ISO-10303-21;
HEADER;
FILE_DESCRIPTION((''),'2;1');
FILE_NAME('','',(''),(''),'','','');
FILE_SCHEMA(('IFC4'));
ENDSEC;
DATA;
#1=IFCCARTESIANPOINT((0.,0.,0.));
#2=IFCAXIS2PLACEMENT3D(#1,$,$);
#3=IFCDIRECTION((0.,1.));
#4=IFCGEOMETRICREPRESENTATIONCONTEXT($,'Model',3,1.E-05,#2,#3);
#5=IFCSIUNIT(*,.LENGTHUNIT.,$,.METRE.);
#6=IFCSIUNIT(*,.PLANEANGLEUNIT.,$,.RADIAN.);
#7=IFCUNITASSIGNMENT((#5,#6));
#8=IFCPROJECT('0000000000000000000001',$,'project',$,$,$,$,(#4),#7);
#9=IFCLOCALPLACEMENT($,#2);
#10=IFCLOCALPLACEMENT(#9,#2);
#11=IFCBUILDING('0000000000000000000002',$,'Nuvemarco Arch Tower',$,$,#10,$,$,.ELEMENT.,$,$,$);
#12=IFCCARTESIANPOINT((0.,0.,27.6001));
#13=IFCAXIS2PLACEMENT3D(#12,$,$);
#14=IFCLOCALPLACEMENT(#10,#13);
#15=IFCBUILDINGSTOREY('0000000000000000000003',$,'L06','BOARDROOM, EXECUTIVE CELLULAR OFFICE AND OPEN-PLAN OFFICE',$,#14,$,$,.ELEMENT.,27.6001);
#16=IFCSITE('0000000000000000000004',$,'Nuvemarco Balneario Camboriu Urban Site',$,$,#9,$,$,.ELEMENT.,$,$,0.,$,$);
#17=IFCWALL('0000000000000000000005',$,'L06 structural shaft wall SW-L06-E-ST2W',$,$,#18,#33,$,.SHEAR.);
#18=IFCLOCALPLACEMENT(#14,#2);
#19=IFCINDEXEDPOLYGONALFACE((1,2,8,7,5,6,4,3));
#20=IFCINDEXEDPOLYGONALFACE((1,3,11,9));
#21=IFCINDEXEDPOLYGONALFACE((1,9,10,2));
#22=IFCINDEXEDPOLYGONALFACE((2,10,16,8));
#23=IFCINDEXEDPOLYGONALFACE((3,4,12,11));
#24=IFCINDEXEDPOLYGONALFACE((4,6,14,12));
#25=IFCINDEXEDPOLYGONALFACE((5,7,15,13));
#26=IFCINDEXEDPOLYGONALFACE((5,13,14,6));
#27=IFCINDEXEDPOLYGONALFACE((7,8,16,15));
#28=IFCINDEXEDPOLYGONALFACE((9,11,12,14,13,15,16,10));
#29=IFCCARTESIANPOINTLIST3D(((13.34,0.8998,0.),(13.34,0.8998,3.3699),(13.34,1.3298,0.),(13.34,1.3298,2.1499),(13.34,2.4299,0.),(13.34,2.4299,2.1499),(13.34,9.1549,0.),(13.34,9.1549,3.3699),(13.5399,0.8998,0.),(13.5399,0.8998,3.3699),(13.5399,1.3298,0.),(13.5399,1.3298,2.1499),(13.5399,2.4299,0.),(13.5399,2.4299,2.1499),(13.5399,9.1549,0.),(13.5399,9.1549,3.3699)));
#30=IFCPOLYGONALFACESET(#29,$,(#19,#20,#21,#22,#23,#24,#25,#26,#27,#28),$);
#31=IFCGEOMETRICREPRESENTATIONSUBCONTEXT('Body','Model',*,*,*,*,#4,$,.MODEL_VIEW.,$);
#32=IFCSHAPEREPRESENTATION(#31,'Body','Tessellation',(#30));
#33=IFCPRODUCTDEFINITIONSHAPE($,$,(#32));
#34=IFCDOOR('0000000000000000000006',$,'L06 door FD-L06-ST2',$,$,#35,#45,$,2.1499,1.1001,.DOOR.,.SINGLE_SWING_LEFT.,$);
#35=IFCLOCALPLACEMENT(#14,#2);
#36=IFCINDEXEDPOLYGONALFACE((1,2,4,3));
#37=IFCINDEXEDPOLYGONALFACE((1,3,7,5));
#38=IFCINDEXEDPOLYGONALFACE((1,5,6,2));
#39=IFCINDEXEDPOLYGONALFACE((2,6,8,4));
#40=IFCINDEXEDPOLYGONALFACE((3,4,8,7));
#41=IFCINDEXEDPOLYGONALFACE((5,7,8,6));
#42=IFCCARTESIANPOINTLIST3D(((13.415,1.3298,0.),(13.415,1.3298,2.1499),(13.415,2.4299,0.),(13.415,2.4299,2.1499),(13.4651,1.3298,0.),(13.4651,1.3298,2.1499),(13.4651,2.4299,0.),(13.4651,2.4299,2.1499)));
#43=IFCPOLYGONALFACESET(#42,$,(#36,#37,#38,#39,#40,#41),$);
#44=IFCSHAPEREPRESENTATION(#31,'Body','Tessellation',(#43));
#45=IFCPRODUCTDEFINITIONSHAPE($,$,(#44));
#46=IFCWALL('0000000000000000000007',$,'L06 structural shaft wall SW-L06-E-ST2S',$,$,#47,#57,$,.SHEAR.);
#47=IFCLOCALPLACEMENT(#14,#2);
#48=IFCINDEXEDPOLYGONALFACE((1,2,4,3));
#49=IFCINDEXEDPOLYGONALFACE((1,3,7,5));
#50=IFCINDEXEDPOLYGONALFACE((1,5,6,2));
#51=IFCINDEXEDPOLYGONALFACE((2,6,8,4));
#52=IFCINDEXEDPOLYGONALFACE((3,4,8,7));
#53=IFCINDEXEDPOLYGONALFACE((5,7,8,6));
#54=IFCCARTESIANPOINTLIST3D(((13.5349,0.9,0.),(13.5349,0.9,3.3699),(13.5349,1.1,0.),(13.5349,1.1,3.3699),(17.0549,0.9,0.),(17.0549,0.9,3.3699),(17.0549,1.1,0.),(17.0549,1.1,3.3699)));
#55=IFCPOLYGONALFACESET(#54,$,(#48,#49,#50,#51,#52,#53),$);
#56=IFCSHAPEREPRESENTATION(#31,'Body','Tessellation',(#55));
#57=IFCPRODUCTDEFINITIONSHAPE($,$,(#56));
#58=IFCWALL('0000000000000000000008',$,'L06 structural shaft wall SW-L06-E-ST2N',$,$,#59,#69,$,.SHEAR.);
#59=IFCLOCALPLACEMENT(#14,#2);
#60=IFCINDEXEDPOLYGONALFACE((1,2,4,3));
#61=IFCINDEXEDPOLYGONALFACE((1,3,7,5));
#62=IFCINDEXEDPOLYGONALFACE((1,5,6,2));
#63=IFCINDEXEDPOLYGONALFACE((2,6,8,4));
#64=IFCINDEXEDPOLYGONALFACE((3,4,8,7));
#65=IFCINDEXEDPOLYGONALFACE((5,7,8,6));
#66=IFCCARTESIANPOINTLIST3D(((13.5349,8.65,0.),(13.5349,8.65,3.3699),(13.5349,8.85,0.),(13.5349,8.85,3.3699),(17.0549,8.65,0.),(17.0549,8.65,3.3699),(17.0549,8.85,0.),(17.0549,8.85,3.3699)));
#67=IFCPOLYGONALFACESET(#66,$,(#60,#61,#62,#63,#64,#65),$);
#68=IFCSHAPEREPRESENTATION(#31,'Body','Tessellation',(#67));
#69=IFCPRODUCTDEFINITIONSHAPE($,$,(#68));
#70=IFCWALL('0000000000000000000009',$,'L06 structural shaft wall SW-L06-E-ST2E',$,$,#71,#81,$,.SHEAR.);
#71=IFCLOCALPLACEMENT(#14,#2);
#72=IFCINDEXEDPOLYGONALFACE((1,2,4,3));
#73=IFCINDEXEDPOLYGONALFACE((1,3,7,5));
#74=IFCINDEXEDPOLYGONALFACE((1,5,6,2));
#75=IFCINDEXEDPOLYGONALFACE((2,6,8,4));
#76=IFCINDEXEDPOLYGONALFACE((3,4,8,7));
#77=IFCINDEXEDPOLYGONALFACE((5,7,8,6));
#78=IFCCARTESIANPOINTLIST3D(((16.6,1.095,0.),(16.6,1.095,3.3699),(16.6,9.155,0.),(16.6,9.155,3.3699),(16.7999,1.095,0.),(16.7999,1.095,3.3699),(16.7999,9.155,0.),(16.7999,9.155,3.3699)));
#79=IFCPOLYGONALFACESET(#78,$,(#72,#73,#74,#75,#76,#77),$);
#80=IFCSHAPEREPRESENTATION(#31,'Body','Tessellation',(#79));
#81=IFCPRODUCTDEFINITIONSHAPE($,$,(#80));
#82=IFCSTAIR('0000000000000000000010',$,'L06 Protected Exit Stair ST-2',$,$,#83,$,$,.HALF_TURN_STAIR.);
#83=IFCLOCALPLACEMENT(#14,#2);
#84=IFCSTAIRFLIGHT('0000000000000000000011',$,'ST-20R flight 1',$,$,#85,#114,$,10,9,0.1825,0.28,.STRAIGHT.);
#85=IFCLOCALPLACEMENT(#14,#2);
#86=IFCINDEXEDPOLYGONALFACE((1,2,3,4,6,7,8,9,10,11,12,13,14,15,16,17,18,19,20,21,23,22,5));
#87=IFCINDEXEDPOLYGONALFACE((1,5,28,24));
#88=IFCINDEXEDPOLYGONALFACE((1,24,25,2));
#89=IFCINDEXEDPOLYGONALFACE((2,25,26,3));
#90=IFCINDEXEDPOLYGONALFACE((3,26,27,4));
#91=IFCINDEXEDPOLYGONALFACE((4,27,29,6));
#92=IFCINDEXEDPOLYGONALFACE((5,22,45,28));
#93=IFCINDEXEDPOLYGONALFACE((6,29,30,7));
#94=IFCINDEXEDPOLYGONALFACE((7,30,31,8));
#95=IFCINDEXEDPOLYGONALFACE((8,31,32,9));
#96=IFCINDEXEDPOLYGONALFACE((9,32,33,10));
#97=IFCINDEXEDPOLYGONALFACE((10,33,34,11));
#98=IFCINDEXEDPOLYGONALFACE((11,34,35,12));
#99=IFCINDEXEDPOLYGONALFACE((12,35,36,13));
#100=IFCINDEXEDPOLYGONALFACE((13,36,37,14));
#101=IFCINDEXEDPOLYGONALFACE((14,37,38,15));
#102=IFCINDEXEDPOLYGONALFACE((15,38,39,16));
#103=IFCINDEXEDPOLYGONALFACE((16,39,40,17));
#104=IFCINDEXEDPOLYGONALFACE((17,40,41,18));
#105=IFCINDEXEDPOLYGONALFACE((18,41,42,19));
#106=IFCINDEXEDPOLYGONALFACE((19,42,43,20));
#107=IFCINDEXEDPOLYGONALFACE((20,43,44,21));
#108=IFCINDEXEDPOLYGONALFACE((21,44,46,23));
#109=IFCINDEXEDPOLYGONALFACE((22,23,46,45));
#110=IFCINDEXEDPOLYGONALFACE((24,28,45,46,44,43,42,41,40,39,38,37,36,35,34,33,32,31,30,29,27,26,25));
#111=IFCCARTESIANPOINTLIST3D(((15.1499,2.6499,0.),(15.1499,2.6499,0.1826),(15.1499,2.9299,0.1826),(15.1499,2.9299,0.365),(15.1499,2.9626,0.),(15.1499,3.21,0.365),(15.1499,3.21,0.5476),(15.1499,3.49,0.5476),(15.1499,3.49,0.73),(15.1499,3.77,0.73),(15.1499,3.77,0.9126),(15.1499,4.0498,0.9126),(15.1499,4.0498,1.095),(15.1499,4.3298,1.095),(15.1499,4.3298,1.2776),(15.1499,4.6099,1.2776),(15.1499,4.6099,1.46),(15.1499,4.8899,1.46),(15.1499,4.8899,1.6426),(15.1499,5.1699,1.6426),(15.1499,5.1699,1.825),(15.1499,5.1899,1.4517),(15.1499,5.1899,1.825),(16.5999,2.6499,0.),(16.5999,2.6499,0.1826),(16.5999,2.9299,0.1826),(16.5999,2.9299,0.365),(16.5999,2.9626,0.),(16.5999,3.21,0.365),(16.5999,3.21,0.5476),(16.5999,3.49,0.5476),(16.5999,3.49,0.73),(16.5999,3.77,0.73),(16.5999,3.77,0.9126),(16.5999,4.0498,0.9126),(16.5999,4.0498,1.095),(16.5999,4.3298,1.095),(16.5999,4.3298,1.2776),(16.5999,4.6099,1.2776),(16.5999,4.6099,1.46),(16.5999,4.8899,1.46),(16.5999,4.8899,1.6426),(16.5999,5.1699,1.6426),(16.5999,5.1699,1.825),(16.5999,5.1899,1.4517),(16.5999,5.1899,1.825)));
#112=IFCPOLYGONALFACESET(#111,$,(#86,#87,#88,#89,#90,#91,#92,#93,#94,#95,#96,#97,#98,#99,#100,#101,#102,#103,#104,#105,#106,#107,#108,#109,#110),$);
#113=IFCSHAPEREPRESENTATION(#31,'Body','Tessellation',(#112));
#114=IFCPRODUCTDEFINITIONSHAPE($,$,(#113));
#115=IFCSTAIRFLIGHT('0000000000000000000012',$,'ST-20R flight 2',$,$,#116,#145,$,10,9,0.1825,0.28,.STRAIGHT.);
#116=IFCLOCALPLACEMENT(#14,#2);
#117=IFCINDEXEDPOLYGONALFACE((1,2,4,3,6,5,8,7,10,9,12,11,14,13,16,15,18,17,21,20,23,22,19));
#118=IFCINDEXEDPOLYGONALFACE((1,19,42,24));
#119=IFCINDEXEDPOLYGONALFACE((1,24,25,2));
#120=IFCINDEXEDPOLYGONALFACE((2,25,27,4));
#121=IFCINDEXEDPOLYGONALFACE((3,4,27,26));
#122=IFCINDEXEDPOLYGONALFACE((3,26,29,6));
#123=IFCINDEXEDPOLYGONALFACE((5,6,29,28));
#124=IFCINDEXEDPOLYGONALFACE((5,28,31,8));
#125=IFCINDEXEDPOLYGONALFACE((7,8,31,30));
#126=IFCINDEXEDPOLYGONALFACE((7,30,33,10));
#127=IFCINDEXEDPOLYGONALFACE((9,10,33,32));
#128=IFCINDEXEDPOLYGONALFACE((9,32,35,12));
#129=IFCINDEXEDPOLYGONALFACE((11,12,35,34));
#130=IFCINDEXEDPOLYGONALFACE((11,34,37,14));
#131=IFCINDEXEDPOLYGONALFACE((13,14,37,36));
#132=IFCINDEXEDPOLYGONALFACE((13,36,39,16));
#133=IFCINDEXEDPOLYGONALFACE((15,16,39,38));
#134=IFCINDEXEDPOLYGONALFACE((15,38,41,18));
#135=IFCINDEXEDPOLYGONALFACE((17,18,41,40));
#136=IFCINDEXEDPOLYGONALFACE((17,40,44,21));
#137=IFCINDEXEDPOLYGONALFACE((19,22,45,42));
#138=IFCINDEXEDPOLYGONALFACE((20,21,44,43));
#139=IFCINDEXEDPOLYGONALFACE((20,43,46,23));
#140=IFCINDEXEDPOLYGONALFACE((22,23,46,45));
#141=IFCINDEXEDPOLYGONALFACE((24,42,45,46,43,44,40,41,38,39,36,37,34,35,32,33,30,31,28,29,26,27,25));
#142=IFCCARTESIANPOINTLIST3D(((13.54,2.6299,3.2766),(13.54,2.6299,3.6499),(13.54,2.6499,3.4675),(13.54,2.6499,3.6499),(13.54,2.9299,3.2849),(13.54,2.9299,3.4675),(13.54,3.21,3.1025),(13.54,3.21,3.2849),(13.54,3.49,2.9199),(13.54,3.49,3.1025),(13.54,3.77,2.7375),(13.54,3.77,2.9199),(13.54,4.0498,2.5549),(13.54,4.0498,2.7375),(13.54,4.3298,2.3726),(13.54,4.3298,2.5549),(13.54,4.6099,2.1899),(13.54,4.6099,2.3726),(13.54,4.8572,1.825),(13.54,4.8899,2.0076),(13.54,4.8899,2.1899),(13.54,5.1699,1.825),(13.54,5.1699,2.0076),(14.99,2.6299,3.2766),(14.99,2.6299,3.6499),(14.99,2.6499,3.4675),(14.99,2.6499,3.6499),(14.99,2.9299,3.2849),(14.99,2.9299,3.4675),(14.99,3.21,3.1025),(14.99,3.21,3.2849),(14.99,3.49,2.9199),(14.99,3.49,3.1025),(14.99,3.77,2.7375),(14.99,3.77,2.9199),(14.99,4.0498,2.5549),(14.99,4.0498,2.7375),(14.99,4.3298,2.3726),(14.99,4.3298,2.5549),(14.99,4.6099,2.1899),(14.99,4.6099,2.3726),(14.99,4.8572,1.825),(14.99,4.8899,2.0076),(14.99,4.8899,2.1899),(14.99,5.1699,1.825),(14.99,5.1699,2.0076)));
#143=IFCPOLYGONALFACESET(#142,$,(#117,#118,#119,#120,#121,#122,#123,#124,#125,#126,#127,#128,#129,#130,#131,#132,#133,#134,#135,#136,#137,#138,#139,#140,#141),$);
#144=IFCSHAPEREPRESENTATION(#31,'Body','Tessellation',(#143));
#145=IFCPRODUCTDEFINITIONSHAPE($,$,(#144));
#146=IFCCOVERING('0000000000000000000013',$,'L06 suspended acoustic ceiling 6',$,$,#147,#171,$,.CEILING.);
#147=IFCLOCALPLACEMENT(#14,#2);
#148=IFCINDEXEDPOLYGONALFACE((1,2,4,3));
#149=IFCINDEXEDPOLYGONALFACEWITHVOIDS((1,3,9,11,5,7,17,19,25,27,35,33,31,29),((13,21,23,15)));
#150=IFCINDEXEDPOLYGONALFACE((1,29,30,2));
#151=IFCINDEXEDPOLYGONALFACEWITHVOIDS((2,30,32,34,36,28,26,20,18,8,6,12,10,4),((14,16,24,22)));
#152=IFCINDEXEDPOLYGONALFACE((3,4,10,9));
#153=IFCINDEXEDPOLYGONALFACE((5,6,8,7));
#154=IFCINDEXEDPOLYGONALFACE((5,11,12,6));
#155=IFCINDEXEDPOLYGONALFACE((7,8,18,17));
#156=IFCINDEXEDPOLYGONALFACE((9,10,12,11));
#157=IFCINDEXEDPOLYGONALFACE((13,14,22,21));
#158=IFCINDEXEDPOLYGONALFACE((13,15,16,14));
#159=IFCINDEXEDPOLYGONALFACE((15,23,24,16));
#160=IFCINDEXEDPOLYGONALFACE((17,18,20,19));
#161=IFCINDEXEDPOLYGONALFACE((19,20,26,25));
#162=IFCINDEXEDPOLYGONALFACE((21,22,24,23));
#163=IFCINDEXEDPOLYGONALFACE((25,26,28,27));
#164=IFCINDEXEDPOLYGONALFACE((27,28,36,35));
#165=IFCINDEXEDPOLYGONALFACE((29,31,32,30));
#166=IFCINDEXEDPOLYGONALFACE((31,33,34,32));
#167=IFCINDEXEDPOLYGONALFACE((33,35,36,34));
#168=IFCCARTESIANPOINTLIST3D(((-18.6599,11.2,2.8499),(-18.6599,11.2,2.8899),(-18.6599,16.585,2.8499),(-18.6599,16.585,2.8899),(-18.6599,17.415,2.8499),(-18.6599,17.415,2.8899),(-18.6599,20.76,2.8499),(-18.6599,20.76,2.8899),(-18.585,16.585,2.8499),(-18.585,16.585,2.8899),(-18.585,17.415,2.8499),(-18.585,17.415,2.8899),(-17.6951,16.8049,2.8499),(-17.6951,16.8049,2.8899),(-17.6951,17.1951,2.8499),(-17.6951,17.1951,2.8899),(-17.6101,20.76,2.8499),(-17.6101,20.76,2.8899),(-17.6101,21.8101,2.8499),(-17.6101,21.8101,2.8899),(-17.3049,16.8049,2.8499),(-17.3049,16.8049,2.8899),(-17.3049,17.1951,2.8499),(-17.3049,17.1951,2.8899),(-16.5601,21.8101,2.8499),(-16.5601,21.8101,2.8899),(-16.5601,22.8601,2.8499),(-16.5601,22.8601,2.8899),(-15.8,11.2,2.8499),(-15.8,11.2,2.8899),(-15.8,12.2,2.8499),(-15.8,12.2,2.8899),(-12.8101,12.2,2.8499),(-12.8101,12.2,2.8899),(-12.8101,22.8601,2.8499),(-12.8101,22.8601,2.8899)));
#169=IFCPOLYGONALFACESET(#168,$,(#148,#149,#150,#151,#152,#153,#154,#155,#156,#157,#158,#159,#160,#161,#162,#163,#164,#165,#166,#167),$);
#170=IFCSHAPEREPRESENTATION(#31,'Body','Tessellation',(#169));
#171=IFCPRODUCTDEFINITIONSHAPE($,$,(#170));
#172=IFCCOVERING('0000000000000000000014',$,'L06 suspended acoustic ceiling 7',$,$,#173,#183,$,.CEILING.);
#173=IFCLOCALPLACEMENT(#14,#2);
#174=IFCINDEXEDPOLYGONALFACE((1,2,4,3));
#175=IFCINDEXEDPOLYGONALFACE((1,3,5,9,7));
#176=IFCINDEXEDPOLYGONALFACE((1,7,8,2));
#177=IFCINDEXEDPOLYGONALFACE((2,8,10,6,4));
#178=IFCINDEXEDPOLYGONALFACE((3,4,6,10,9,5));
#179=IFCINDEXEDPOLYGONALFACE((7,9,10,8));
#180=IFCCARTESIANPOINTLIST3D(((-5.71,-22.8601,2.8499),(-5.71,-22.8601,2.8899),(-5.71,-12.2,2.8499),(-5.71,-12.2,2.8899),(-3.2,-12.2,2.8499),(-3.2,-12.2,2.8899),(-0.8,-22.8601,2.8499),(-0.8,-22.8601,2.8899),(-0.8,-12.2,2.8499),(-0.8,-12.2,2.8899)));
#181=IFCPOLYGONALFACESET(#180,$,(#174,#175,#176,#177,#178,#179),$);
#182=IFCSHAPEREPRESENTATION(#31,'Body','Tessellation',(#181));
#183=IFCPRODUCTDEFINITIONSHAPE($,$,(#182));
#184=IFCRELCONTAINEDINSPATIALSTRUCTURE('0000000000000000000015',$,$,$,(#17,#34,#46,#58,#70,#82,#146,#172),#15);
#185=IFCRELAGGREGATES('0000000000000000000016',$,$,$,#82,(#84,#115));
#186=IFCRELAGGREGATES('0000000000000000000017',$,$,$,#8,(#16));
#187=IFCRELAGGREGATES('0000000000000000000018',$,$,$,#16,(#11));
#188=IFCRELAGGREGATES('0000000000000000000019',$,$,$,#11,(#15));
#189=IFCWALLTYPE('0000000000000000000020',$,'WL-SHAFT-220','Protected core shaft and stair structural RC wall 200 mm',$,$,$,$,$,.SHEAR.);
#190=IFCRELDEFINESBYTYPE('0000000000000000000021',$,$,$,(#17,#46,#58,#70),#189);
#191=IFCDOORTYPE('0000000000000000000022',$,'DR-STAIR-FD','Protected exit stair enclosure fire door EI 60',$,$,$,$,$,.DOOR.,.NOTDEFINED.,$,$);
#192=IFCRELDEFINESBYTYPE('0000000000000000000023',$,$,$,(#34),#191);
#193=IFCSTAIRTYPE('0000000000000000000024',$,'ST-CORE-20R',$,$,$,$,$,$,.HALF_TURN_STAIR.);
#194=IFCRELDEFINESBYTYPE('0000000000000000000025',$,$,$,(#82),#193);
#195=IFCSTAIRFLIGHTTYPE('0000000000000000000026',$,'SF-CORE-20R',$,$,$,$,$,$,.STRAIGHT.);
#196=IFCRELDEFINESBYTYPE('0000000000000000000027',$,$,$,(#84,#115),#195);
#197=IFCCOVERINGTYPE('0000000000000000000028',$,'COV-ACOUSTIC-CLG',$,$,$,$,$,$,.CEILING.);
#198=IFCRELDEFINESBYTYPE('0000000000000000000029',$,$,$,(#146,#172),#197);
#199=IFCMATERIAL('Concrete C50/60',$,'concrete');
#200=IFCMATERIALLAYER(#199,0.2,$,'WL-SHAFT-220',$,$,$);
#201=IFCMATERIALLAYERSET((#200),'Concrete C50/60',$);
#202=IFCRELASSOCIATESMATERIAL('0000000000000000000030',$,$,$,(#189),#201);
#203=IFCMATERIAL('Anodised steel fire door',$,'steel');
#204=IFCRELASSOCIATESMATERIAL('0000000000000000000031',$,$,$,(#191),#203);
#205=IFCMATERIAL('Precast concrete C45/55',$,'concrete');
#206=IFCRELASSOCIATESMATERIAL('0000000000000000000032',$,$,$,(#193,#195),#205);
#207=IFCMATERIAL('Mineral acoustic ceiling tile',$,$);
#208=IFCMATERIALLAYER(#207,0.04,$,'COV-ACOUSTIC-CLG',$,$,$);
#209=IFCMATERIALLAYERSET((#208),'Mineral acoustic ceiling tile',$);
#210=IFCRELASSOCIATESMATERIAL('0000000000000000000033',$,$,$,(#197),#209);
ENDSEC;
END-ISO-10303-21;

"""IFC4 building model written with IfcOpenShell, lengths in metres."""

from ifc_helpers import new_model, si_unit, direction, frame, frame_2d, origin, place, context, subcontext, project, spatial, polyline, rectangle, outline, extrude, source, transform, mapped, material, layer, layer_set, type_object, type_shapes, element, fill, aggregate, save


model = new_model("IFC4")

# Units and contexts
model_context = context("Model", 3, precision=1e-05, world=origin(), true_north=direction((0.0, 1.0)))
body_context = subcontext(model_context, "Body", "Model", "MODEL_VIEW")
ifc_project = project(units=[si_unit("LENGTHUNIT", "METRE"), si_unit("PLANEANGLEUNIT", "RADIAN")], contexts=[model_context])

# Site, building, storey
site_placement = place(None, origin())
site = spatial("IfcSite", under=ifc_project, at=site_placement, Name="Nuvemarco Balneario Camboriu Urban Site", CompositionType="ELEMENT", RefElevation=0.0)
building_placement = place(site_placement, origin())
building = spatial("IfcBuilding", under=site, at=building_placement, Name="Nuvemarco Arch Tower", CompositionType="ELEMENT")
storey_placement = place(building_placement, frame((0.0, 0.0, 27.6001)))
storey = spatial("IfcBuildingStorey", under=building, at=storey_placement, Name="L06", Description="BOARDROOM, EXECUTIVE CELLULAR OFFICE AND OPEN-PLAN OFFICE", CompositionType="ELEMENT", Elevation=27.6001)

# Shared definitions
ifc_material_1 = material(Name="Precast concrete C45/55", Category="concrete")

# Shared definitions
ifc_material_2 = material(Name="Anodised steel fire door", Category="steel")

# Wall, opening, door
ifc_material_3 = material(Name="Concrete C50/60", Category="concrete")
ifc_layer_1 = layer(ifc_material_3, 0.2, Name="WL-SHAFT-220")
ifc_layer_set_1 = layer_set([ifc_layer_1], Name="Concrete C50/60")
wall_type_1 = type_object("IfcWallType", Name="WL-SHAFT-220", Description="Protected core shaft and stair structural RC wall 200 mm", PredefinedType="SHEAR", material=ifc_layer_set_1)
wall_1_placement = place(storey_placement, frame((13.4399, 0.8999, 0.0), z_axis=(0.0, 0.0, 1.0), x_axis=(0.0, 1.0, 0.0)))
wall_1 = element("IfcWall", 1, at=wall_1_placement, inside=storey, type_object=wall_type_1, Name="L06 structural shaft wall SW-L06-E-ST2W", PredefinedType="SHEAR", context=body_context, shape_type="SweptSolid", body=[
    extrude(rectangle(XDim=8.2551, YDim=0.2, at=frame_2d((4.1274, 0.0))), origin(), (0.0, 0.0, 1.0), 3.3699),
])
opening_1_placement = place(wall_1_placement, frame((0.4299, 0.0, 0.0)))
opening_1 = element("IfcOpeningElement", 2, at=opening_1_placement, cuts=wall_1, PredefinedType="OPENING", context=body_context, shape_type="SweptSolid", body=[
    extrude(rectangle(XDim=1.1001, YDim=2.1499, at=frame_2d((0.55, 1.075))), frame((0.0, 0.1099, 0.0), z_axis=(0.0, -1.0, 0.0), x_axis=(1.0, 0.0, 0.0)), (0.0, 0.0, 1.0), 0.22),
])
door_type_1 = type_object("IfcDoorType", Name="DR-STAIR-FD", Description="Protected exit stair enclosure fire door EI 60", OperationType="NOTDEFINED", PredefinedType="DOOR", material=ifc_material_2)
shared_shape_1 = source(origin(), body_context, "Body", "SweptSolid", [
    extrude(rectangle(XDim=1.1001, YDim=2.1499, at=frame_2d((0.55, 1.075))), frame((0.0, 0.0249, 0.0), z_axis=(0.0, -1.0, 0.0), x_axis=(1.0, 0.0, 0.0)), (0.0, 0.0, 1.0), 0.05),
])
type_shapes(door_type_1, [shared_shape_1])
door_1_placement = place(opening_1_placement, origin())
door_1 = element("IfcDoor", 3, at=door_1_placement, inside=storey, type_object=door_type_1, Name="L06 door FD-L06-ST2", OperationType="SINGLE_SWING_LEFT", OverallHeight=2.1499, OverallWidth=1.1001, PredefinedType="DOOR", context=body_context, shape_type="MappedRepresentation", body=[
    mapped(shared_shape_1, transform((0.0, 0.0, 0.0), scale=1.0)),
])
fill(opening_1, door_1)

# Walls
for number, where, z_axis, x_axis, name in (
    (4, (13.5349, 1.0, 0.0), (0.0, 0.0, 1.0), (1.0, 0.0, 0.0), "L06 structural shaft wall SW-L06-E-ST2S"),
    (5, (13.5349, 8.75, 0.0), (0.0, 0.0, 1.0), (1.0, 0.0, 0.0), "L06 structural shaft wall SW-L06-E-ST2N"),
):
    element("IfcWall", number, at=place(storey_placement, frame(where, z_axis=z_axis, x_axis=x_axis)), inside=storey, type_object=wall_type_1, Name=name, PredefinedType="SHEAR", context=body_context, shape_type="SweptSolid", body=[
        extrude(rectangle(XDim=3.52, YDim=0.2, at=frame_2d((1.76, 0.0))), origin(), (0.0, 0.0, 1.0), 3.3699),
    ])
wall_2_placement = place(storey_placement, frame((16.7, 1.095, 0.0), z_axis=(0.0, 0.0, 1.0), x_axis=(0.0, 1.0, 0.0)))
element("IfcWall", 6, at=wall_2_placement, inside=storey, type_object=wall_type_1, Name="L06 structural shaft wall SW-L06-E-ST2E", PredefinedType="SHEAR", context=body_context, shape_type="SweptSolid", body=[
    extrude(rectangle(XDim=8.0601, YDim=0.2, at=frame_2d((4.03, 0.0))), origin(), (0.0, 0.0, 1.0), 3.3699),
])

# Stair, stair flights
stair_type = type_object("IfcStairType", Name="ST-CORE-20R", PredefinedType="HALF_TURN_STAIR", material=ifc_material_1)
stair_placement = place(storey_placement, origin())
stair = element("IfcStair", 7, at=stair_placement, inside=storey, type_object=stair_type, Name="L06 Protected Exit Stair ST-2", PredefinedType="HALF_TURN_STAIR")
stair_flight_type = type_object("IfcStairFlightType", Name="SF-CORE-20R", PredefinedType="STRAIGHT", material=ifc_material_1)
stair_flight_1_placement = place(storey_placement, frame((15.875, 2.6499, 0.0), z_axis=(0.0, 0.0, 1.0), x_axis=(0.0, 1.0, 0.0)))
stair_flight_1 = element("IfcStairFlight", 8, at=stair_flight_1_placement, type_object=stair_flight_type, Name="ST-20R flight 1", NumberOfRisers=10, NumberOfTreads=9, PredefinedType="STRAIGHT", RiserHeight=0.1825, TreadLength=0.28, context=body_context, shape_type="SweptSolid", body=[
    extrude(outline(polyline([(0.0, 0.0), (0.0, 0.1826), (0.28, 0.1826), (0.28, 0.365), (0.5601, 0.365), (0.5601, 0.5476), (0.8401, 0.5476), (0.8401, 0.73), (1.1201, 0.73), (1.1201, 0.9126), (1.3999, 0.9126), (1.3999, 1.095), (1.6799, 1.095), (1.6799, 1.2776), (1.96, 1.2776), (1.96, 1.46), (2.24, 1.46), (2.24, 1.6426), (2.52, 1.6426), (2.52, 1.825), (2.54, 1.825), (2.54, 1.4517), (0.3127, 0.0), (0.0, 0.0)])), frame((0.0, 0.7251, 0.0), z_axis=(0.0, -1.0, 0.0), x_axis=(1.0, 0.0, 0.0)), (0.0, 0.0, 1.0), 1.45),
])
stair_flight_2_placement = place(storey_placement, frame((14.2649, 5.1699, 1.825), z_axis=(0.0, 0.0, 1.0), x_axis=(0.0, -1.0, 0.0)))
stair_flight_2 = element("IfcStairFlight", 9, at=stair_flight_2_placement, type_object=stair_flight_type, Name="ST-20R flight 2", NumberOfRisers=10, NumberOfTreads=9, PredefinedType="STRAIGHT", RiserHeight=0.1825, TreadLength=0.28, context=body_context, shape_type="SweptSolid", body=[
    extrude(outline(polyline([(0.0, 0.0), (0.0, 0.1826), (0.28, 0.1826), (0.28, 0.365), (0.5601, 0.365), (0.5601, 0.5476), (0.8401, 0.5476), (0.8401, 0.73), (1.1201, 0.73), (1.1201, 0.9126), (1.3999, 0.9126), (1.3999, 1.095), (1.6799, 1.095), (1.6799, 1.2776), (1.96, 1.2776), (1.96, 1.46), (2.24, 1.46), (2.24, 1.6426), (2.52, 1.6426), (2.52, 1.825), (2.54, 1.825), (2.54, 1.4517), (0.3127, 0.0), (0.0, 0.0)])), frame((0.0, 0.7251, 0.0), z_axis=(0.0, -1.0, 0.0), x_axis=(1.0, 0.0, 0.0)), (0.0, 0.0, 1.0), 1.45),
])
aggregate(stair, [stair_flight_1, stair_flight_2])

# Coverings
ifc_material_4 = material(Name="Mineral acoustic ceiling tile")
ifc_layer_2 = layer(ifc_material_4, 0.04, Name="COV-ACOUSTIC-CLG")
ifc_layer_set_2 = layer_set([ifc_layer_2], Name="Mineral acoustic ceiling tile")
covering_type_1 = type_object("IfcCoveringType", Name="COV-ACOUSTIC-CLG", PredefinedType="CEILING", material=ifc_layer_set_2)
covering_1_placement = place(storey_placement, frame((0.0, 0.0, 2.8499)))
element("IfcCovering", 10, at=covering_1_placement, inside=storey, type_object=covering_type_1, Name="L06 suspended acoustic ceiling 6", PredefinedType="CEILING", context=body_context, shape_type="SweptSolid", body=[
    extrude(outline(polyline([(-18.585, 16.585), (-18.585, 17.415), (-18.6599, 17.415), (-18.6599, 20.76), (-17.6101, 20.76), (-17.6101, 21.8101), (-16.5601, 21.8101), (-16.5601, 22.8601), (-12.8101, 22.8601), (-12.8101, 12.2), (-15.8, 12.2), (-15.8, 11.2), (-18.6599, 11.2), (-18.6599, 16.585), (-18.585, 16.585)]), holes=[polyline([(-17.3049, 16.8049), (-17.3049, 17.1951), (-17.6951, 17.1951), (-17.6951, 16.8049), (-17.3049, 16.8049)])]), origin(), (0.0, 0.0, 1.0), 0.04),
])
covering_2_placement = place(storey_placement, frame((0.0, 0.0, 2.8499)))
element("IfcCovering", 11, at=covering_2_placement, inside=storey, type_object=covering_type_1, Name="L06 suspended acoustic ceiling 7", PredefinedType="CEILING", context=body_context, shape_type="SweptSolid", body=[
    extrude(outline(polyline([(-0.8, -22.8601), (-5.71, -22.8601), (-5.71, -12.2), (-3.2, -12.2), (-0.8, -12.2), (-0.8, -22.8601)])), origin(), (0.0, 0.0, 1.0), 0.04),
])

save(model, "model.ifc")
